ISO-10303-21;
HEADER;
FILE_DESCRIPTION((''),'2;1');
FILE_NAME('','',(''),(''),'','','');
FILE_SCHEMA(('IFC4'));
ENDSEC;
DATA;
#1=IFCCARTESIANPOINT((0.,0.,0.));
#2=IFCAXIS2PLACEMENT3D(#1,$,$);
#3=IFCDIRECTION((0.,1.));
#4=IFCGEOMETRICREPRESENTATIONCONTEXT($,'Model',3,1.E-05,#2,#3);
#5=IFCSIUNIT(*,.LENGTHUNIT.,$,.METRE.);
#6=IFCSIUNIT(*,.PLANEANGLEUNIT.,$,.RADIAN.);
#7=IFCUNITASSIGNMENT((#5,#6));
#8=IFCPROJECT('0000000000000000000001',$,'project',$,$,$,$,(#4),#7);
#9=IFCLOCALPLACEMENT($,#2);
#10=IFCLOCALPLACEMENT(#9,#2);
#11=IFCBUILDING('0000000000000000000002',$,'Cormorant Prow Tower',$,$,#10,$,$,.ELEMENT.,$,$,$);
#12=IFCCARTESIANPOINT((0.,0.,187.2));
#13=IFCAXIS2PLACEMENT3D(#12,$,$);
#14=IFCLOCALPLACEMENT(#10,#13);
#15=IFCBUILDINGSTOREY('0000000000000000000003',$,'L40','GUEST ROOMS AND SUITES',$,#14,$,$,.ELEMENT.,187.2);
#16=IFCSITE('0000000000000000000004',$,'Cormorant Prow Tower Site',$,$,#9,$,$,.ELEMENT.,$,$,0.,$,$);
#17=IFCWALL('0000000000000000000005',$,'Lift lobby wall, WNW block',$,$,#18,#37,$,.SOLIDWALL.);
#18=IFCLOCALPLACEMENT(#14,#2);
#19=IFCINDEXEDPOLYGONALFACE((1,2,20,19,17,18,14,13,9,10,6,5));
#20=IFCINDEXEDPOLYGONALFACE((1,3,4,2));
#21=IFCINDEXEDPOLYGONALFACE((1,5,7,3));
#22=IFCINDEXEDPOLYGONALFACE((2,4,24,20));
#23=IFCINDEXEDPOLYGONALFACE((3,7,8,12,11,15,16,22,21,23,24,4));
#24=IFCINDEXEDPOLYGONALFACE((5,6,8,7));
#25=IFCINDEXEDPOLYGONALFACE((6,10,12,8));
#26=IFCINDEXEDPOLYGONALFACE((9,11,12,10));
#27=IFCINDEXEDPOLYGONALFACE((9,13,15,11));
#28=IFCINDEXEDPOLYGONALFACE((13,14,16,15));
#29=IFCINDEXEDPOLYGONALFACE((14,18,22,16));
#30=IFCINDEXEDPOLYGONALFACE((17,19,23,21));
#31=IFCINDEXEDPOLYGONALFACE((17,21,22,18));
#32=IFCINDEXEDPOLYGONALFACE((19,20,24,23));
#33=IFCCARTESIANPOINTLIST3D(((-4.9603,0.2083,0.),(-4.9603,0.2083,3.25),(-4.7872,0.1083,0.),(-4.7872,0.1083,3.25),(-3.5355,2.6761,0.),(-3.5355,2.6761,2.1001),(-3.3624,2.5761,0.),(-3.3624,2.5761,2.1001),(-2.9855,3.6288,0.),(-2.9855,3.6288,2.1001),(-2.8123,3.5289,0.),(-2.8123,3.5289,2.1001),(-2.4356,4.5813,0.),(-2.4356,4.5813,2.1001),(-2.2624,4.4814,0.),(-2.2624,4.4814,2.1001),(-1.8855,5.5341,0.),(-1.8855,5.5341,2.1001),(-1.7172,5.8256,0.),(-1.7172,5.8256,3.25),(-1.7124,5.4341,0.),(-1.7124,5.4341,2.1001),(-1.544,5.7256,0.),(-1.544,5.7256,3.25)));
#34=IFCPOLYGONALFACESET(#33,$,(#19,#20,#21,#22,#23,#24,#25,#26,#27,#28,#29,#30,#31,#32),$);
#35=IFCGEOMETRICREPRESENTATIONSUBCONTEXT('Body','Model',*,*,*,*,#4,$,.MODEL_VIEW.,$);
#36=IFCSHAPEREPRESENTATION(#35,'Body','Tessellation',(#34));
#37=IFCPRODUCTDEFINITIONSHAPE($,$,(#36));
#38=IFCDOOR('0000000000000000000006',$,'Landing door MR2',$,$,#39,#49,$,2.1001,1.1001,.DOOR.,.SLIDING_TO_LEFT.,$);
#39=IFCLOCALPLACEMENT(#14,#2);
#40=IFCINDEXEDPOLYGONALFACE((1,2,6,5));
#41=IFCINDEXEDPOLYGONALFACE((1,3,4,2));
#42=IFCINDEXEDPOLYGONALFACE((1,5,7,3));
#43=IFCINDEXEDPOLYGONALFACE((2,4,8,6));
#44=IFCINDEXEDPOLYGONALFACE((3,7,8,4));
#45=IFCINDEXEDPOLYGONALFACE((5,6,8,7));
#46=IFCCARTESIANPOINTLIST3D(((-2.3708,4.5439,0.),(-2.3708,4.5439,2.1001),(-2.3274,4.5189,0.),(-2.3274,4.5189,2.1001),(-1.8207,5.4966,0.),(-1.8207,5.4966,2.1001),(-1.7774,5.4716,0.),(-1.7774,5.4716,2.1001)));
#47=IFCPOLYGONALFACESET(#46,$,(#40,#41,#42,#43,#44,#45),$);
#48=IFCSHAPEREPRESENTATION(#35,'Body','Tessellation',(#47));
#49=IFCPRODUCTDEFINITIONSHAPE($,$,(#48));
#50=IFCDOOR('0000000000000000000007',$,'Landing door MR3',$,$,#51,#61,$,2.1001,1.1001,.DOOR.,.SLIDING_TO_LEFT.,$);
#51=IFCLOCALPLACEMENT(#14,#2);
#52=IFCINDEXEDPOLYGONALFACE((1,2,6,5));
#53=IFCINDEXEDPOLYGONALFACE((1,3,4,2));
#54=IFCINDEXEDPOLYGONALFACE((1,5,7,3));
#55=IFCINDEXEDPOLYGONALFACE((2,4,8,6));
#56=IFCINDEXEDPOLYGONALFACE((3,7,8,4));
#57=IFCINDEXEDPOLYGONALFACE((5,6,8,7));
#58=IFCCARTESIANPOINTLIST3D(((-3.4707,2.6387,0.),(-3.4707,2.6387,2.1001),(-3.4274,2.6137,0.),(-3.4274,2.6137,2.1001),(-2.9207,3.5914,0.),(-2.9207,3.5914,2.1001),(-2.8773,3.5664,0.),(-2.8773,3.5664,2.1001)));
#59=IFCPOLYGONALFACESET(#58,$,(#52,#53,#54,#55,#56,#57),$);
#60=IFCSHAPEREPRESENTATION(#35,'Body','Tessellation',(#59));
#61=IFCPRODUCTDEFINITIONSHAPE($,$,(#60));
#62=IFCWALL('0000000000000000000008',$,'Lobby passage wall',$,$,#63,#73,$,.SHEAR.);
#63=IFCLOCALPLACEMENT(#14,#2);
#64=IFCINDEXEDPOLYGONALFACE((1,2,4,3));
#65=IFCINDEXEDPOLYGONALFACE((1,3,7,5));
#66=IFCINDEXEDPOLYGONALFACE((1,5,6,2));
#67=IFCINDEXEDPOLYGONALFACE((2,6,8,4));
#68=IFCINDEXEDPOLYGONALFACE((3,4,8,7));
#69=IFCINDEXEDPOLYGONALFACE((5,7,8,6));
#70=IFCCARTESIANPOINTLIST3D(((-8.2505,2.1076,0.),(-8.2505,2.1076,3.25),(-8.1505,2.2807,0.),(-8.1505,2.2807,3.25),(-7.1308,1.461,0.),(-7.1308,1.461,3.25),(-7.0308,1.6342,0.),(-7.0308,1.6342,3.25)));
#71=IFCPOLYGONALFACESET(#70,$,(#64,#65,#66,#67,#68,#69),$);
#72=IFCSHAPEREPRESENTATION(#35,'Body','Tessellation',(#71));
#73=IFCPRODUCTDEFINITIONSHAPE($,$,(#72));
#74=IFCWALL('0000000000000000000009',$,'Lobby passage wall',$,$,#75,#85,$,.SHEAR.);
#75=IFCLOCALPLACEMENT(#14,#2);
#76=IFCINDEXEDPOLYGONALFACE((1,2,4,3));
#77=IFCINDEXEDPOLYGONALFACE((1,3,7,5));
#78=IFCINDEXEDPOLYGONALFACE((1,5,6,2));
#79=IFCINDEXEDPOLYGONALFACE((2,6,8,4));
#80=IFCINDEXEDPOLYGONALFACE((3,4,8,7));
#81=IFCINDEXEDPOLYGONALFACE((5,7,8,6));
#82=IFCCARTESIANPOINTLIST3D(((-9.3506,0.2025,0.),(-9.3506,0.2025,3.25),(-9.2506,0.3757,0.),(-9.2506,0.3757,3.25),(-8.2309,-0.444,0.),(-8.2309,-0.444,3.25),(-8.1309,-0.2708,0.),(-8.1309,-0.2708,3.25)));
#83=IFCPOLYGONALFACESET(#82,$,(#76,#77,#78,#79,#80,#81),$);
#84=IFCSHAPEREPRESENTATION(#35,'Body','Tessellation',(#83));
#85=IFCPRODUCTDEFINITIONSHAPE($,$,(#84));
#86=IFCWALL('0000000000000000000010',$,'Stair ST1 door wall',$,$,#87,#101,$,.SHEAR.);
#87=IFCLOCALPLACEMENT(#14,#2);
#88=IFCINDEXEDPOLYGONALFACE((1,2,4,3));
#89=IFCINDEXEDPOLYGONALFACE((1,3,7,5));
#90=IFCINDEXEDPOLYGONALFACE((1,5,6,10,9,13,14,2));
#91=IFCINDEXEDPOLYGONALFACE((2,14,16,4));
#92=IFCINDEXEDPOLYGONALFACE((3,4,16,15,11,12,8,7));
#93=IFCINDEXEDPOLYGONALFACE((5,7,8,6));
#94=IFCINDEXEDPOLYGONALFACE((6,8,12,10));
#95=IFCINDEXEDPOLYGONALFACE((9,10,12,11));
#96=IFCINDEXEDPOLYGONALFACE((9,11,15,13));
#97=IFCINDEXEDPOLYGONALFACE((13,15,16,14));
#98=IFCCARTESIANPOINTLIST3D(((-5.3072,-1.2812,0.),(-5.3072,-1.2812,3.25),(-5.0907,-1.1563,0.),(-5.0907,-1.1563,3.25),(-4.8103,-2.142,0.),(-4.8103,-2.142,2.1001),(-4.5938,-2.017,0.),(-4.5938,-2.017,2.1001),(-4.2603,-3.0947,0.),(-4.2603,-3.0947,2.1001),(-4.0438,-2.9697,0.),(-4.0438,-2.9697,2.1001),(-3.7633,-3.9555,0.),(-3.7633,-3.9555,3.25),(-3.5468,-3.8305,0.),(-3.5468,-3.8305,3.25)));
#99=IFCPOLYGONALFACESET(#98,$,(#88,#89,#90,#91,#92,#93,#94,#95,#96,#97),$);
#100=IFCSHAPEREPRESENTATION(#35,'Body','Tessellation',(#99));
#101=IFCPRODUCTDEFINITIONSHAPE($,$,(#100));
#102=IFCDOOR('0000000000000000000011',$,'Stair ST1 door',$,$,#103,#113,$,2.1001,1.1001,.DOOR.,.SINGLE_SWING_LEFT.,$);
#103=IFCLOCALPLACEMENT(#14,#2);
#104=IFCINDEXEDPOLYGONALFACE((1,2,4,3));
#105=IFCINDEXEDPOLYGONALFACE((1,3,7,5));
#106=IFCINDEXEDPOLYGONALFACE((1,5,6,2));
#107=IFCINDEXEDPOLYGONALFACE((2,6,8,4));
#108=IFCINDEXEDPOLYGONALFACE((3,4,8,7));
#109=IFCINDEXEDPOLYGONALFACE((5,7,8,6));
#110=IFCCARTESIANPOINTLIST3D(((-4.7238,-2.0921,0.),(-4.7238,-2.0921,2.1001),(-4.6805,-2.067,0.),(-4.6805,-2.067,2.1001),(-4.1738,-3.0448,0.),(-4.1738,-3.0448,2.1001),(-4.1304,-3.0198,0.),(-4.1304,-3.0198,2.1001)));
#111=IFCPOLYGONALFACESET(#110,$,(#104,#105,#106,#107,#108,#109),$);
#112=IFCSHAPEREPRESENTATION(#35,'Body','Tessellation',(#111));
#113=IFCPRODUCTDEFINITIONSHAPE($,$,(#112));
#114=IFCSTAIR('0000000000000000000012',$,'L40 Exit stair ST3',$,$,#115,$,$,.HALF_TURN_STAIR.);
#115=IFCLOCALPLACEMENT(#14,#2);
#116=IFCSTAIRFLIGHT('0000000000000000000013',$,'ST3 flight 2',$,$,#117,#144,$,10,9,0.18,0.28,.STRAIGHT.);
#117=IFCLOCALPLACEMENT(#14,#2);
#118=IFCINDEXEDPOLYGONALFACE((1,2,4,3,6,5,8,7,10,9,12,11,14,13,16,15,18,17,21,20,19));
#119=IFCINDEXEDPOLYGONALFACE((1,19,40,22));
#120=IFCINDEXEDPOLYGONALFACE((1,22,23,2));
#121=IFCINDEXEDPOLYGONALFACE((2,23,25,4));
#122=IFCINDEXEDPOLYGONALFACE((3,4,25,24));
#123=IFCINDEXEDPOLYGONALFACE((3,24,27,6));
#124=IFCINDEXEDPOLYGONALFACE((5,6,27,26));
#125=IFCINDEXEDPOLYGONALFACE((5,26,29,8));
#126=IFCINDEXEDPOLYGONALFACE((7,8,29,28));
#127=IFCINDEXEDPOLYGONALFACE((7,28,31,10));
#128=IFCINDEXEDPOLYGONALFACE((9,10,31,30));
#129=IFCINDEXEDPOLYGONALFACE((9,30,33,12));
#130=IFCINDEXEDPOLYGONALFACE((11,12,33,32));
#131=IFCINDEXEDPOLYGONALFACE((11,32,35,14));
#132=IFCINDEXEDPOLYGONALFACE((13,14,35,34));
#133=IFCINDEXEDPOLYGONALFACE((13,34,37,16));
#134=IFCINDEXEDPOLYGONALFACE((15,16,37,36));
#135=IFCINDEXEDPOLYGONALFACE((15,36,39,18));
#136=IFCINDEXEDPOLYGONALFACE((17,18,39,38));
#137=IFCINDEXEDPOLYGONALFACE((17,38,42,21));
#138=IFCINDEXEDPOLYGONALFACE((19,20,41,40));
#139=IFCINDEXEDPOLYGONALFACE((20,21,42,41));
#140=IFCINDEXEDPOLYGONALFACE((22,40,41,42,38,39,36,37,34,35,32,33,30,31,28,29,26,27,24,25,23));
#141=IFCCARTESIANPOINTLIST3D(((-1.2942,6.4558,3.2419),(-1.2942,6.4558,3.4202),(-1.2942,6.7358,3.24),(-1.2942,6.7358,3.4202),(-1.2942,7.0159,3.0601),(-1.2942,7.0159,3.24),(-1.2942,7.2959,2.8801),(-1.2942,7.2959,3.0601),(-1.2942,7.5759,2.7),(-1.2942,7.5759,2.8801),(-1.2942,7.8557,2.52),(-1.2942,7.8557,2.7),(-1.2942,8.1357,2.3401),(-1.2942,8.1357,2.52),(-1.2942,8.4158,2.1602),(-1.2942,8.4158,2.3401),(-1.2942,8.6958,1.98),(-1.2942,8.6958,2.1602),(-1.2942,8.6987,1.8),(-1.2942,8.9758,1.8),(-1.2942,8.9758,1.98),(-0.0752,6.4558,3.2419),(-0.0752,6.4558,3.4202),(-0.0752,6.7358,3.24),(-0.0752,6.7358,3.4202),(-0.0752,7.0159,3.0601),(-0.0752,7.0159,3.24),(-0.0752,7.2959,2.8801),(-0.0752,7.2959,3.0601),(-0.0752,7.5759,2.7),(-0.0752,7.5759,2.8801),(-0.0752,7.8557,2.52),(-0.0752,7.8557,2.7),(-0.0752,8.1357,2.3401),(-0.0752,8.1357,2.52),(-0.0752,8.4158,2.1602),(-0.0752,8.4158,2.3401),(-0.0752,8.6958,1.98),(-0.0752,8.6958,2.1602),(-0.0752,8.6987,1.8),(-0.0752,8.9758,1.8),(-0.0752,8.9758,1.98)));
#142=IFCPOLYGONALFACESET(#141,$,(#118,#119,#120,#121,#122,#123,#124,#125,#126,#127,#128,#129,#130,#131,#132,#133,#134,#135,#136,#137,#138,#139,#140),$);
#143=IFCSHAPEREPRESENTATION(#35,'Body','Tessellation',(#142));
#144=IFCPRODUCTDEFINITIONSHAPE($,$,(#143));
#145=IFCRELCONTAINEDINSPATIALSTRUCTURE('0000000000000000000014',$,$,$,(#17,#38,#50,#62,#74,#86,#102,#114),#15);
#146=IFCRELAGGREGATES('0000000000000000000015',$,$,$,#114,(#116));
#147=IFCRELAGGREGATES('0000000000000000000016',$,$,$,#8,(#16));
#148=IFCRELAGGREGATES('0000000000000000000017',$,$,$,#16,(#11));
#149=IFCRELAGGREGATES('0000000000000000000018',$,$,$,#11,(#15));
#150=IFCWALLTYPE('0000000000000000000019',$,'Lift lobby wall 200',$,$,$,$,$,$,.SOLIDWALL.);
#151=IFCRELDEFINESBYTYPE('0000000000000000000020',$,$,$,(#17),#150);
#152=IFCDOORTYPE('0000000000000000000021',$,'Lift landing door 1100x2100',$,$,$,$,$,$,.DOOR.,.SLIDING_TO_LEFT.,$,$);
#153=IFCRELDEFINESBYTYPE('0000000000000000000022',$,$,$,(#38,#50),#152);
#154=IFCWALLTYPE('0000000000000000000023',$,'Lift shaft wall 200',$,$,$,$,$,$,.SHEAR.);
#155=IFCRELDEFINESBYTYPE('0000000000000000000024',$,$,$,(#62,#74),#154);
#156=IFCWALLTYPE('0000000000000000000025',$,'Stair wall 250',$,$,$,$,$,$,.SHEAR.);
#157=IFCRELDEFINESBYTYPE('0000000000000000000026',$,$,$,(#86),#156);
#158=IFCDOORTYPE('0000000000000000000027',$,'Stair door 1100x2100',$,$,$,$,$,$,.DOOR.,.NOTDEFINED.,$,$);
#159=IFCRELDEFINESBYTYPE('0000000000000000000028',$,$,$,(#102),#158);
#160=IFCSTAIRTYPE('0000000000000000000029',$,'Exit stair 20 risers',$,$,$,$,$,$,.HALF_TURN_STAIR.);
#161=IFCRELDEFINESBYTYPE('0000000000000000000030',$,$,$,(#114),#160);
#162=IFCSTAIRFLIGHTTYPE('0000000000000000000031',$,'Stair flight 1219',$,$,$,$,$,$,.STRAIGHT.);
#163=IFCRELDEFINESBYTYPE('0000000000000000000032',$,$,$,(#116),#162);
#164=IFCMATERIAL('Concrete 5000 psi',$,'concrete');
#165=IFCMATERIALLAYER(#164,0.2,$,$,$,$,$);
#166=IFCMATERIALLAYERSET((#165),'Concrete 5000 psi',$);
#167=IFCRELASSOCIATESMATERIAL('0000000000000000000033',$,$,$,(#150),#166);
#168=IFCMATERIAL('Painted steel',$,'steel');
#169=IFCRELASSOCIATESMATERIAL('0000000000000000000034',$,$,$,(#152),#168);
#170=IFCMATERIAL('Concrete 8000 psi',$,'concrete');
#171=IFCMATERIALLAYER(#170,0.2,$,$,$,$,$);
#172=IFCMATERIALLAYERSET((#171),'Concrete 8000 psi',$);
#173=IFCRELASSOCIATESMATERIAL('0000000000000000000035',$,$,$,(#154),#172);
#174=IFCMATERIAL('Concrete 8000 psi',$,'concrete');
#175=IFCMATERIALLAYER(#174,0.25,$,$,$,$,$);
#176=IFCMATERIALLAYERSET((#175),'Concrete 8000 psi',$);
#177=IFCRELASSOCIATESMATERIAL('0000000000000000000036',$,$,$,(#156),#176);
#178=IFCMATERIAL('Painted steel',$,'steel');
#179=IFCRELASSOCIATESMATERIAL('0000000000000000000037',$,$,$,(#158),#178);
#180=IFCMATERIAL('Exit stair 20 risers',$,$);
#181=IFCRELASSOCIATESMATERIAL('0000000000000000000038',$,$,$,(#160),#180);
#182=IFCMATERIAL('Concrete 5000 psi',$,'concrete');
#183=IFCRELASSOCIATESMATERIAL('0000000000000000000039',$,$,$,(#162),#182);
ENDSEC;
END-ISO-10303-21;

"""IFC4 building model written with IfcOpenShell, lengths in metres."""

from ifc_helpers import new_model, si_unit, direction, frame, frame_2d, origin, place, context, subcontext, project, spatial, polyline, rectangle, outline, extrude, material, layer, layer_set, type_object, element, fill, aggregate, save


model = new_model("IFC4")

# Units and contexts
model_context = context("Model", 3, precision=1e-05, world=origin(), true_north=direction((0.0, 1.0)))
body_context = subcontext(model_context, "Body", "Model", "MODEL_VIEW")
ifc_project = project(units=[si_unit("LENGTHUNIT", "METRE"), si_unit("PLANEANGLEUNIT", "RADIAN")], contexts=[model_context])

# Site, building, storey
site_placement = place(None, origin())
site = spatial("IfcSite", under=ifc_project, at=site_placement, Name="Cormorant Prow Tower Site", CompositionType="ELEMENT", RefElevation=0.0)
building_placement = place(site_placement, origin())
building = spatial("IfcBuilding", under=site, at=building_placement, Name="Cormorant Prow Tower", CompositionType="ELEMENT")
storey_placement = place(building_placement, frame((0.0, 0.0, 187.2)))
storey = spatial("IfcBuildingStorey", under=building, at=storey_placement, Name="L40", Description="GUEST ROOMS AND SUITES", CompositionType="ELEMENT", Elevation=187.2)

# Wall, openings, doors
ifc_material_1 = material(Name="Concrete 5000 psi", Category="concrete")
ifc_layer_1 = layer(ifc_material_1, 0.2)
ifc_layer_set_1 = layer_set([ifc_layer_1], Name="Concrete 5000 psi")
wall_type_1 = type_object("IfcWallType", Name="Lift lobby wall 200", PredefinedType="SOLIDWALL", material=ifc_layer_set_1)
wall_1_placement = place(storey_placement, frame((-1.6306, 5.7756, 0.0), z_axis=(0.0, 0.0, 1.0), x_axis=(-0.499993, -0.86603, 0.0)))
wall_1 = element("IfcWall", 1, at=wall_1_placement, inside=storey, type_object=wall_type_1, Name="Lift lobby wall, WNW block", PredefinedType="SOLIDWALL", context=body_context, shape_type="SweptSolid", body=[
    extrude(rectangle(XDim=6.4863, YDim=0.2, at=frame_2d((3.2432, 0.0))), origin(), (0.0, 0.0, 1.0), 3.25),
])
opening_1_placement = place(wall_1_placement, frame((0.3367, 0.0, 0.0)))
opening_1 = element("IfcOpeningElement", 2, at=opening_1_placement, cuts=wall_1, PredefinedType="OPENING", context=body_context, shape_type="SweptSolid", body=[
    extrude(rectangle(XDim=1.1001, YDim=2.1001, at=frame_2d((0.55, 1.05))), frame((0.0, 0.1099, 0.0), z_axis=(0.0, -1.0, 0.0), x_axis=(1.0, 0.0, 0.0)), (0.0, 0.0, 1.0), 0.22),
])
opening_2_placement = place(wall_1_placement, frame((2.5366, 0.0, 0.0)))
opening_2 = element("IfcOpeningElement", 3, at=opening_2_placement, cuts=wall_1, PredefinedType="OPENING", context=body_context, shape_type="SweptSolid", body=[
    extrude(rectangle(XDim=1.1001, YDim=2.1001, at=frame_2d((0.55, 1.05))), frame((0.0, 0.1099, 0.0), z_axis=(0.0, -1.0, 0.0), x_axis=(1.0, 0.0, 0.0)), (0.0, 0.0, 1.0), 0.22),
])
ifc_material_2 = material(Name="Painted steel", Category="steel")
door_type_1 = type_object("IfcDoorType", Name="Lift landing door 1100x2100", OperationType="SLIDING_TO_LEFT", PredefinedType="DOOR", material=ifc_material_2)
door_1_placement = place(opening_1_placement, origin())
door_1 = element("IfcDoor", 4, at=door_1_placement, inside=storey, type_object=door_type_1, Name="Landing door MR2", OperationType="SLIDING_TO_LEFT", OverallHeight=2.1001, OverallWidth=1.1001, PredefinedType="DOOR", context=body_context, shape_type="SweptSolid", body=[
    extrude(rectangle(XDim=1.1001, YDim=2.1001, at=frame_2d((0.55, 1.05))), frame((0.0, 0.0249, 0.0), z_axis=(0.0, -1.0, 0.0), x_axis=(1.0, 0.0, 0.0)), (0.0, 0.0, 1.0), 0.05),
])
fill(opening_1, door_1)
door_2_placement = place(opening_2_placement, origin())
door_2 = element("IfcDoor", 5, at=door_2_placement, inside=storey, type_object=door_type_1, Name="Landing door MR3", OperationType="SLIDING_TO_LEFT", OverallHeight=2.1001, OverallWidth=1.1001, PredefinedType="DOOR", context=body_context, shape_type="SweptSolid", body=[
    extrude(rectangle(XDim=1.1001, YDim=2.1001, at=frame_2d((0.55, 1.05))), frame((0.0, 0.0249, 0.0), z_axis=(0.0, -1.0, 0.0), x_axis=(1.0, 0.0, 0.0)), (0.0, 0.0, 1.0), 0.05),
])
fill(opening_2, door_2)

# Walls
ifc_material_3 = material(Name="Concrete 8000 psi", Category="concrete")
ifc_layer_2 = layer(ifc_material_3, 0.2)
ifc_layer_set_2 = layer_set([ifc_layer_2], Name="Concrete 8000 psi")
wall_type_2 = type_object("IfcWallType", Name="Lift shaft wall 200", PredefinedType="SHEAR", material=ifc_layer_set_2)
for number, where, z_axis, x_axis, name in (
    (6, (-7.0808, 1.5476, 0.0), (0.0, 0.0, 1.0), (-0.866003, 0.500038, 0.0), "Lobby passage wall"),
    (7, (-8.1809, -0.3574, 0.0), (0.0, 0.0, 1.0), (-0.866003, 0.500038, 0.0), "Lobby passage wall"),
):
    element("IfcWall", number, at=place(storey_placement, frame(where, z_axis=z_axis, x_axis=x_axis)), inside=storey, type_object=wall_type_2, Name=name, PredefinedType="SHEAR", context=body_context, shape_type="SweptSolid", body=[
        extrude(rectangle(XDim=1.293, YDim=0.2, at=frame_2d((0.6465, 0.0))), origin(), (0.0, 0.0, 1.0), 3.25),
    ])

# Wall, opening, door
ifc_material_4 = material(Name="Concrete 8000 psi", Category="concrete")
ifc_layer_3 = layer(ifc_material_4, 0.25)
ifc_layer_set_3 = layer_set([ifc_layer_3], Name="Concrete 8000 psi")
wall_type_3 = type_object("IfcWallType", Name="Stair wall 250", PredefinedType="SHEAR", material=ifc_layer_set_3)
wall_2_placement = place(storey_placement, frame((-5.199, -1.2188, 0.0), z_axis=(0.0, 0.0, 1.0), x_axis=(0.499983, -0.866035, 0.0)))
wall_2 = element("IfcWall", 8, at=wall_2_placement, inside=storey, type_object=wall_type_3, Name="Stair ST1 door wall", PredefinedType="SHEAR", context=body_context, shape_type="SweptSolid", body=[
    extrude(rectangle(XDim=3.0879, YDim=0.25, at=frame_2d((1.5439, 0.0))), origin(), (0.0, 0.0, 1.0), 3.25),
])
opening_3_placement = place(wall_2_placement, frame((0.9939, 0.0, 0.0)))
opening_3 = element("IfcOpeningElement", 9, at=opening_3_placement, cuts=wall_2, PredefinedType="OPENING", context=body_context, shape_type="SweptSolid", body=[
    extrude(rectangle(XDim=1.1001, YDim=2.1001, at=frame_2d((0.55, 1.05))), frame((0.0, 0.135, 0.0), z_axis=(0.0, -1.0, 0.0), x_axis=(1.0, 0.0, 0.0)), (0.0, 0.0, 1.0), 0.27),
])
ifc_material_5 = material(Name="Painted steel", Category="steel")
door_type_2 = type_object("IfcDoorType", Name="Stair door 1100x2100", OperationType="NOTDEFINED", PredefinedType="DOOR", material=ifc_material_5)
door_3_placement = place(opening_3_placement, origin())
door_3 = element("IfcDoor", 10, at=door_3_placement, inside=storey, type_object=door_type_2, Name="Stair ST1 door", OperationType="SINGLE_SWING_LEFT", OverallHeight=2.1001, OverallWidth=1.1001, PredefinedType="DOOR", context=body_context, shape_type="SweptSolid", body=[
    extrude(rectangle(XDim=1.1001, YDim=2.1001, at=frame_2d((0.55, 1.05))), frame((0.0, 0.0249, 0.0), z_axis=(0.0, -1.0, 0.0), x_axis=(1.0, 0.0, 0.0)), (0.0, 0.0, 1.0), 0.05),
])
fill(opening_3, door_3)

# Stair, stair flight
ifc_material_6 = material(Name="Exit stair 20 risers")
stair_type = type_object("IfcStairType", Name="Exit stair 20 risers", PredefinedType="HALF_TURN_STAIR", material=ifc_material_6)
stair_placement = place(storey_placement, origin())
stair = element("IfcStair", 11, at=stair_placement, inside=storey, type_object=stair_type, Name="L40 Exit stair ST3", PredefinedType="HALF_TURN_STAIR")
ifc_material_7 = material(Name="Concrete 5000 psi", Category="concrete")
stair_flight_type = type_object("IfcStairFlightType", Name="Stair flight 1219", PredefinedType="STRAIGHT", material=ifc_material_7)
stair_flight_placement = place(storey_placement, frame((-0.6846, 8.9758, 1.8), z_axis=(0.0, 0.0, 1.0), x_axis=(0.0, -1.0, 0.0)))
stair_flight = element("IfcStairFlight", 12, at=stair_flight_placement, type_object=stair_flight_type, Name="ST3 flight 2", NumberOfRisers=10, NumberOfTreads=9, PredefinedType="STRAIGHT", RiserHeight=0.18, TreadLength=0.28, context=body_context, shape_type="SweptSolid", body=[
    extrude(outline(polyline([(0.0, 0.0), (0.0, 0.1799), (0.28, 0.1799), (0.28, 0.3601), (0.5601, 0.3601), (0.5601, 0.54), (0.8401, 0.54), (0.8401, 0.72), (1.1201, 0.72), (1.1201, 0.8999), (1.3999, 0.8999), (1.3999, 1.0801), (1.6799, 1.0801), (1.6799, 1.26), (1.96, 1.26), (1.96, 1.4399), (2.24, 1.4399), (2.24, 1.6201), (2.52, 1.6201), (2.52, 1.8), (2.52, 1.4419), (0.2771, 0.0), (0.0, 0.0)])), frame((0.0, 0.6094, 0.0), z_axis=(0.0, -1.0, 0.0), x_axis=(1.0, 0.0, 0.0)), (0.0, 0.0, 1.0), 1.219),
])
aggregate(stair, [stair_flight])

save(model, "model.ifc")
